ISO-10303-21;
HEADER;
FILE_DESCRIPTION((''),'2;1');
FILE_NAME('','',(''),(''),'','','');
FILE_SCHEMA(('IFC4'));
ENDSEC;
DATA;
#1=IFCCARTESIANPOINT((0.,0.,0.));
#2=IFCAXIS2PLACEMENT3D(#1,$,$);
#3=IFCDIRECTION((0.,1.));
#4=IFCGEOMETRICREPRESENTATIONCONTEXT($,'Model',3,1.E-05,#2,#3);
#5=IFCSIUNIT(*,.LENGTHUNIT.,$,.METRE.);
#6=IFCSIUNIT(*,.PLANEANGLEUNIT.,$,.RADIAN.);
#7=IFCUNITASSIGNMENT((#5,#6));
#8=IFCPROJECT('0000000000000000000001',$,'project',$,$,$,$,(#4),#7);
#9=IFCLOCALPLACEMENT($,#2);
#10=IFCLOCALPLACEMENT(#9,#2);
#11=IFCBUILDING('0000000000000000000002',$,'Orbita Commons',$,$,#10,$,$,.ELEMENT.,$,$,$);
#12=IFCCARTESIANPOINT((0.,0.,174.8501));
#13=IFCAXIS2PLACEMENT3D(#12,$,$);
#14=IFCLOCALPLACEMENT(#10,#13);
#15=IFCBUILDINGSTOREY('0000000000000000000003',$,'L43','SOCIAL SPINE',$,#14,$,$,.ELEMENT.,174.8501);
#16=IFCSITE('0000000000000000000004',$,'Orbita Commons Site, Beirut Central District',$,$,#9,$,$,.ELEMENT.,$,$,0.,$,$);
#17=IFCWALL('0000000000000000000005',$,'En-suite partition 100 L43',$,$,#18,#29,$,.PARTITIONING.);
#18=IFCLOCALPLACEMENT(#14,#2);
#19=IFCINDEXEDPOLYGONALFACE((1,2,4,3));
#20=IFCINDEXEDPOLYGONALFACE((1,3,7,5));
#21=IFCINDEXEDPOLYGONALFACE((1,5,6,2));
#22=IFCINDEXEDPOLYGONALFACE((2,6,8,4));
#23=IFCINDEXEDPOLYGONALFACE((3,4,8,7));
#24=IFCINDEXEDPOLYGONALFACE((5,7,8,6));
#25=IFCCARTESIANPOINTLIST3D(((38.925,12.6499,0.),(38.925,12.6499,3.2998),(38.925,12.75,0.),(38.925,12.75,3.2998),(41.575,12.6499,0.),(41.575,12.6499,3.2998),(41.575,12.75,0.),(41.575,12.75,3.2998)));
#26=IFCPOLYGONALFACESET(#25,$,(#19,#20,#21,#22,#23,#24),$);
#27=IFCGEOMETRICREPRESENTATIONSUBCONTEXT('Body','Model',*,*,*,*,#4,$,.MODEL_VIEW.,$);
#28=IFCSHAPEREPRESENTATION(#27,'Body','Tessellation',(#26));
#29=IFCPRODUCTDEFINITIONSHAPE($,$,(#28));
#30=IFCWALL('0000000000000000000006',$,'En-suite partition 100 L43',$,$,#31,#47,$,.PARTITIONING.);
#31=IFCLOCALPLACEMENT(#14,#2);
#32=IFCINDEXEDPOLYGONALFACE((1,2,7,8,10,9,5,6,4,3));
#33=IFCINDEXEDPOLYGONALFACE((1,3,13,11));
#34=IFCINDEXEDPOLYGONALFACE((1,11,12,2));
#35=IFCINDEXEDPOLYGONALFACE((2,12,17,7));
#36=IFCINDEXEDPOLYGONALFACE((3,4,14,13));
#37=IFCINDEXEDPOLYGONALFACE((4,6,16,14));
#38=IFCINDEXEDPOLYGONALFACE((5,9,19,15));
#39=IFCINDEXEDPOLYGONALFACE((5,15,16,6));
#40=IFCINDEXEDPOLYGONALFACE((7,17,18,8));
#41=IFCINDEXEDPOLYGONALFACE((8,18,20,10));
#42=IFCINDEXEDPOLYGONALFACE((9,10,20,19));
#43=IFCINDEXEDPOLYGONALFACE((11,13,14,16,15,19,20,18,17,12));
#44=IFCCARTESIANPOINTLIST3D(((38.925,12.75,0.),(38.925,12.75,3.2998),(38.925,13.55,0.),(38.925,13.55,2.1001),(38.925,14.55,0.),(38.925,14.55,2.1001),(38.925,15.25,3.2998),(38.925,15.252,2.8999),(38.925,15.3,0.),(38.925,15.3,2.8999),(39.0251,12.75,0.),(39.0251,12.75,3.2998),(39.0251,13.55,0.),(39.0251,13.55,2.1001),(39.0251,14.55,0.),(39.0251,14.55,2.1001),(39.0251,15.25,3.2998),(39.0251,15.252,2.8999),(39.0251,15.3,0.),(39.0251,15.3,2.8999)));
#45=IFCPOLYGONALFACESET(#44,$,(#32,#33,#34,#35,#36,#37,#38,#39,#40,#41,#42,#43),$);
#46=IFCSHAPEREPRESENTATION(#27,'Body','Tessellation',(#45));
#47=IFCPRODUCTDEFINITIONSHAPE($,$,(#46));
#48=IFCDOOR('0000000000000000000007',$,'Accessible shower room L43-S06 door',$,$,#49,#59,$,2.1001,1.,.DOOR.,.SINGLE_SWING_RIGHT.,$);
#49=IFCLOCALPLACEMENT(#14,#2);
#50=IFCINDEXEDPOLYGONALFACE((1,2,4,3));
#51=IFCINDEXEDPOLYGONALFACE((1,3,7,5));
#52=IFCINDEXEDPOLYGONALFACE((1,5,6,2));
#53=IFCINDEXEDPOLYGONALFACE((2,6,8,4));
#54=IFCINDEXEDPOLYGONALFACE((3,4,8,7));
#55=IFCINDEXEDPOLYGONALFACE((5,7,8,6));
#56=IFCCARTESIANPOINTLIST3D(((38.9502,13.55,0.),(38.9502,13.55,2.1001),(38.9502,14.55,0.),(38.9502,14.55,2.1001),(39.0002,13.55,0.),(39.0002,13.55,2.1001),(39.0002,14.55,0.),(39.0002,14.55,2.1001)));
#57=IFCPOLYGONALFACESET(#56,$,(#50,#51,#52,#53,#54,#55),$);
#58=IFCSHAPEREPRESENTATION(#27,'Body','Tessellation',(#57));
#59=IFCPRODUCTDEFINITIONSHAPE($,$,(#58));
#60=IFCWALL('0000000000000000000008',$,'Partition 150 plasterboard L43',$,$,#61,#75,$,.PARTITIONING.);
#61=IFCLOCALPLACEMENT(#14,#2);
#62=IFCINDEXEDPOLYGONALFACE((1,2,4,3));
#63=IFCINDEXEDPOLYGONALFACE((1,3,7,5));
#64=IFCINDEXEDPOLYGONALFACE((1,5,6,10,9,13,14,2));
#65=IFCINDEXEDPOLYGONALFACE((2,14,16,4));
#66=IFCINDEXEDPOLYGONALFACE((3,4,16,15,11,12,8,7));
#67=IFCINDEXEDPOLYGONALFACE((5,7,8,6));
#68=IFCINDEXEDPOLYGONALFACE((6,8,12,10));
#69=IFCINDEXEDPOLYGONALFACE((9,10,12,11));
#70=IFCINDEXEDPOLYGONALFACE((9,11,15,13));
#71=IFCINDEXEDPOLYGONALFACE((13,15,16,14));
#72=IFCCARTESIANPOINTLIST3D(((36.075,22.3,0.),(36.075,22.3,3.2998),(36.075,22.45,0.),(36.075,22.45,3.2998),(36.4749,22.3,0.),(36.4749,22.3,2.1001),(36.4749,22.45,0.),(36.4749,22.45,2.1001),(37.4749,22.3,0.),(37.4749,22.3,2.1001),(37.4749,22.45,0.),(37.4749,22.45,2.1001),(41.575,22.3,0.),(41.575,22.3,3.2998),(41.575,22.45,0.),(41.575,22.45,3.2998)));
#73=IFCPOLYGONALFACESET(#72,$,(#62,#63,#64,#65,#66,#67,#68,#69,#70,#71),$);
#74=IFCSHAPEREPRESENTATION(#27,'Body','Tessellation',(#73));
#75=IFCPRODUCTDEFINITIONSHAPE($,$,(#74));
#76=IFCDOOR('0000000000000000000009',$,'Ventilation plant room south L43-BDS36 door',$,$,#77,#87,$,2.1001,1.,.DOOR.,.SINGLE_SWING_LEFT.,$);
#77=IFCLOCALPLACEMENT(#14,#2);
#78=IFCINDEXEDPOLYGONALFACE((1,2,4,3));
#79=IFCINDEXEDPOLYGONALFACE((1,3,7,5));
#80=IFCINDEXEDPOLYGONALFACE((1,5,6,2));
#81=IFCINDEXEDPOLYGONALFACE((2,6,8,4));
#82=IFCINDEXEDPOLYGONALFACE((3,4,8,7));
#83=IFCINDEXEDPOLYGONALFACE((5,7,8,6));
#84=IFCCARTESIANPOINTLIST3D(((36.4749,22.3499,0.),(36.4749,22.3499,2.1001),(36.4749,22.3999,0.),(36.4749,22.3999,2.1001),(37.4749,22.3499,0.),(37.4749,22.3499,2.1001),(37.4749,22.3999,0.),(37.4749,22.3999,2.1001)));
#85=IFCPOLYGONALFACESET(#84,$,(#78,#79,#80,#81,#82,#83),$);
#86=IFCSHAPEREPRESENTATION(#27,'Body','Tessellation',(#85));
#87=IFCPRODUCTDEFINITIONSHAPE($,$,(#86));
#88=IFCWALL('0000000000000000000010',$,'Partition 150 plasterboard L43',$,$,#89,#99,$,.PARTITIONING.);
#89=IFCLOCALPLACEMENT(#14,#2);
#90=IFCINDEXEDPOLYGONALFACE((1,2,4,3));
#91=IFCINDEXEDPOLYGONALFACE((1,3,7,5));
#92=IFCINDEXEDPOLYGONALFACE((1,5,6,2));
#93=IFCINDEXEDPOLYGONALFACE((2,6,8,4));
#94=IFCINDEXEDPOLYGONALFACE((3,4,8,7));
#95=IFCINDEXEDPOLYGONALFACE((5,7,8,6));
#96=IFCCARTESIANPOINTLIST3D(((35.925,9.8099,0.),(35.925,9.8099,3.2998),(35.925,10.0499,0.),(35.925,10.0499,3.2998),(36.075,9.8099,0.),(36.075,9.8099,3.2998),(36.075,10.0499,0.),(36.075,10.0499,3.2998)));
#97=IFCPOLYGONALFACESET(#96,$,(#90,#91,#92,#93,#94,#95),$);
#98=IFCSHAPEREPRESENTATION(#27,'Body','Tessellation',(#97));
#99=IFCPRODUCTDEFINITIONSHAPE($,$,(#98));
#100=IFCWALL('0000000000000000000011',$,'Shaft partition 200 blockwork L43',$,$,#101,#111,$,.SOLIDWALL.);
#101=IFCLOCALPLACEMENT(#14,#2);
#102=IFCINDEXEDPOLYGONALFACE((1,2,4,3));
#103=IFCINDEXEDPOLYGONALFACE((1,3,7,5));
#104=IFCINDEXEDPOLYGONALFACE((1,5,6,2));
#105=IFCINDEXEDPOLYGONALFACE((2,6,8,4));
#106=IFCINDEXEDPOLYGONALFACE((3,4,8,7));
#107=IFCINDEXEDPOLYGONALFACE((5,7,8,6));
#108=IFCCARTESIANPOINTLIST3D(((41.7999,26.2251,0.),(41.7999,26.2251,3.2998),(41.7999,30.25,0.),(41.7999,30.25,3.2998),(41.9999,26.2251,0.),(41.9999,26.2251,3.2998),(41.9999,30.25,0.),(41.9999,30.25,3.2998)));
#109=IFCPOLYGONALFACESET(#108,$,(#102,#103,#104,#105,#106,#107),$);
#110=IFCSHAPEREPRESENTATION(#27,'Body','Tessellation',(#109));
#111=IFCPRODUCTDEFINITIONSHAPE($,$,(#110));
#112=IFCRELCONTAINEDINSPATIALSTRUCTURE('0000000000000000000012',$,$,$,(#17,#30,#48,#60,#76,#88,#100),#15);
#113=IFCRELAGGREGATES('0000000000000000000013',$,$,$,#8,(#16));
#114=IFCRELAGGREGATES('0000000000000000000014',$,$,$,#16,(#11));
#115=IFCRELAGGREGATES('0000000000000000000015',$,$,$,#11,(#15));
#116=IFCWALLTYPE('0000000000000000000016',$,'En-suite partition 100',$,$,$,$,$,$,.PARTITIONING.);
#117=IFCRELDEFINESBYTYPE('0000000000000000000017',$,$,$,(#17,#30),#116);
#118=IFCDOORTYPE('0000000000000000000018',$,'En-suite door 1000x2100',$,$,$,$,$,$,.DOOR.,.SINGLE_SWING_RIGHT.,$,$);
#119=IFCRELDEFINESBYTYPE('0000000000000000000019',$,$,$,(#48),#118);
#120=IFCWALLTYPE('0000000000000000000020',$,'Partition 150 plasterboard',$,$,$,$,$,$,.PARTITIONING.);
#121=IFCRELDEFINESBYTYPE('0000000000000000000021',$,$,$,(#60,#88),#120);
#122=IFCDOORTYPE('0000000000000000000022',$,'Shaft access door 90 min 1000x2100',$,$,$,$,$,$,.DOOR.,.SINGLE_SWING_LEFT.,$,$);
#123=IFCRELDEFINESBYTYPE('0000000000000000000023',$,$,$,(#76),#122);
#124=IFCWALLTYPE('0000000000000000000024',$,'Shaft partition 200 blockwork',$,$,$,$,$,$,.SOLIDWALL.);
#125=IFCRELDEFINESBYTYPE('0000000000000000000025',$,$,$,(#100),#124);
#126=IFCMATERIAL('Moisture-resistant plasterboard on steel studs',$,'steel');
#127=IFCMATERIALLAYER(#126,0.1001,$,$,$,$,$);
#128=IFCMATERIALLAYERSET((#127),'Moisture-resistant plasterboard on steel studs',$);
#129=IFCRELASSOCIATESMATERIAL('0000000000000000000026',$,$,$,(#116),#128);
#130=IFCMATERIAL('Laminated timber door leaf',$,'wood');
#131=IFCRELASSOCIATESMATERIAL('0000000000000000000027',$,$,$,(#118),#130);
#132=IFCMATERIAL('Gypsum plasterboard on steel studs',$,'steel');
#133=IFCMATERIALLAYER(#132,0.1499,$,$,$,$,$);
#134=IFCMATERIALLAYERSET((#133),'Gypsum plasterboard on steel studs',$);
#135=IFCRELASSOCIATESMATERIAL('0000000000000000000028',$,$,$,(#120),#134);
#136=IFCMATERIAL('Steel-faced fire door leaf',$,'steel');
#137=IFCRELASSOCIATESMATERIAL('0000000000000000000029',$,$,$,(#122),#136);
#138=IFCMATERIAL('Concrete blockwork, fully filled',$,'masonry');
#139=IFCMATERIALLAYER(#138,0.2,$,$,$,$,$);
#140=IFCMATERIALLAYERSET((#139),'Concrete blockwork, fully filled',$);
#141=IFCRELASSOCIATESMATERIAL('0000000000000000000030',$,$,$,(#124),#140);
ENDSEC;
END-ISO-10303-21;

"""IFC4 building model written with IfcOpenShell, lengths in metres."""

from ifc_helpers import new_model, si_unit, direction, frame, frame_2d, origin, place, context, subcontext, project, spatial, polyline, rectangle, outline, extrude, material, layer, layer_set, type_object, element, fill, save


model = new_model("IFC4")

# Units and contexts
model_context = context("Model", 3, precision=1e-05, world=origin(), true_north=direction((0.0, 1.0)))
body_context = subcontext(model_context, "Body", "Model", "MODEL_VIEW")
ifc_project = project(units=[si_unit("LENGTHUNIT", "METRE"), si_unit("PLANEANGLEUNIT", "RADIAN")], contexts=[model_context])

# Site, building, storey
site_placement = place(None, origin())
site = spatial("IfcSite", under=ifc_project, at=site_placement, Name="Orbita Commons Site, Beirut Central District", CompositionType="ELEMENT", RefElevation=0.0)
building_placement = place(site_placement, origin())
building = spatial("IfcBuilding", under=site, at=building_placement, Name="Orbita Commons", CompositionType="ELEMENT")
storey_placement = place(building_placement, frame((0.0, 0.0, 174.8501)))
storey = spatial("IfcBuildingStorey", under=building, at=storey_placement, Name="L43", Description="SOCIAL SPINE", CompositionType="ELEMENT", Elevation=174.8501)

# Shared definitions
ifc_material_1 = material(Name="Moisture-resistant plasterboard on steel studs", Category="steel")
ifc_layer_1 = layer(ifc_material_1, 0.1001)
ifc_layer_set_1 = layer_set([ifc_layer_1], Name="Moisture-resistant plasterboard on steel studs")
wall_type_1 = type_object("IfcWallType", Name="En-suite partition 100", PredefinedType="PARTITIONING", material=ifc_layer_set_1)

# Wall
wall_1_placement = place(storey_placement, frame((38.925, 12.7, 0.0), z_axis=(0.0, 0.0, 1.0), x_axis=(1.0, 0.0, 0.0)))
element("IfcWall", 1, at=wall_1_placement, inside=storey, type_object=wall_type_1, Name="En-suite partition 100 L43", PredefinedType="PARTITIONING", context=body_context, shape_type="SweptSolid", body=[
    extrude(rectangle(XDim=2.6499, YDim=0.1001, at=frame_2d((1.325, 0.0))), origin(), (0.0, 0.0, 1.0), 3.2998),
])

# Walls, openings, doors
wall_2_placement = place(storey_placement, frame((38.9751, 12.75, 0.0), z_axis=(0.0, 0.0, 1.0), x_axis=(0.0, 1.0, 0.0)))
wall_2 = element("IfcWall", 2, at=wall_2_placement, inside=storey, type_object=wall_type_1, Name="En-suite partition 100 L43", PredefinedType="PARTITIONING", context=body_context, shape_type="SweptSolid", body=[
    extrude(outline(polyline([(0.0, 0.0), (2.55, 0.0), (2.55, 2.8999), (2.502, 2.8999), (2.5, 3.2998), (0.0, 3.2998), (0.0, 0.0)])), frame((0.0, 0.05, 0.0), z_axis=(0.0, -1.0, 0.0), x_axis=(1.0, 0.0, 0.0)), (0.0, 0.0, 1.0), 0.1001),
])
opening_1_placement = place(wall_2_placement, frame((0.8, 0.0, 0.0)))
opening_1 = element("IfcOpeningElement", 3, at=opening_1_placement, cuts=wall_2, PredefinedType="OPENING", context=body_context, shape_type="SweptSolid", body=[
    extrude(rectangle(XDim=1.0, YDim=2.1001, at=frame_2d((0.5, 1.05))), frame((0.0, 0.0601, 0.0), z_axis=(0.0, -1.0, 0.0), x_axis=(1.0, 0.0, 0.0)), (0.0, 0.0, 1.0), 0.1201),
])
ifc_material_2 = material(Name="Laminated timber door leaf", Category="wood")
door_type_1 = type_object("IfcDoorType", Name="En-suite door 1000x2100", OperationType="SINGLE_SWING_RIGHT", PredefinedType="DOOR", material=ifc_material_2)
door_1_placement = place(opening_1_placement, origin())
door_1 = element("IfcDoor", 4, at=door_1_placement, inside=storey, type_object=door_type_1, Name="Accessible shower room L43-S06 door", OperationType="SINGLE_SWING_RIGHT", OverallHeight=2.1001, OverallWidth=1.0, PredefinedType="DOOR", context=body_context, shape_type="SweptSolid", body=[
    extrude(rectangle(XDim=1.0, YDim=2.1001, at=frame_2d((0.5, 1.05))), frame((0.0, 0.0249, 0.0), z_axis=(0.0, -1.0, 0.0), x_axis=(1.0, 0.0, 0.0)), (0.0, 0.0, 1.0), 0.05),
])
fill(opening_1, door_1)
ifc_material_3 = material(Name="Gypsum plasterboard on steel studs", Category="steel")
ifc_layer_2 = layer(ifc_material_3, 0.1499)
ifc_layer_set_2 = layer_set([ifc_layer_2], Name="Gypsum plasterboard on steel studs")
wall_type_2 = type_object("IfcWallType", Name="Partition 150 plasterboard", PredefinedType="PARTITIONING", material=ifc_layer_set_2)
wall_3_placement = place(storey_placement, frame((36.075, 22.375, 0.0), z_axis=(0.0, 0.0, 1.0), x_axis=(1.0, 0.0, 0.0)))
wall_3 = element("IfcWall", 5, at=wall_3_placement, inside=storey, type_object=wall_type_2, Name="Partition 150 plasterboard L43", PredefinedType="PARTITIONING", context=body_context, shape_type="SweptSolid", body=[
    extrude(rectangle(XDim=5.5, YDim=0.1499, at=frame_2d((2.75, 0.0))), origin(), (0.0, 0.0, 1.0), 3.2998),
])
opening_2_placement = place(wall_3_placement, frame((0.3999, 0.0, 0.0)))
opening_2 = element("IfcOpeningElement", 6, at=opening_2_placement, cuts=wall_3, PredefinedType="OPENING", context=body_context, shape_type="SweptSolid", body=[
    extrude(rectangle(XDim=1.0, YDim=2.1001, at=frame_2d((0.5, 1.05))), frame((0.0, 0.085, 0.0), z_axis=(0.0, -1.0, 0.0), x_axis=(1.0, 0.0, 0.0)), (0.0, 0.0, 1.0), 0.1699),
])
ifc_material_4 = material(Name="Steel-faced fire door leaf", Category="steel")
door_type_2 = type_object("IfcDoorType", Name="Shaft access door 90 min 1000x2100", OperationType="SINGLE_SWING_LEFT", PredefinedType="DOOR", material=ifc_material_4)
door_2_placement = place(opening_2_placement, origin())
door_2 = element("IfcDoor", 7, at=door_2_placement, inside=storey, type_object=door_type_2, Name="Ventilation plant room south L43-BDS36 door", OperationType="SINGLE_SWING_LEFT", OverallHeight=2.1001, OverallWidth=1.0, PredefinedType="DOOR", context=body_context, shape_type="SweptSolid", body=[
    extrude(rectangle(XDim=1.0, YDim=2.1001, at=frame_2d((0.5, 1.05))), frame((0.0, 0.0249, 0.0), z_axis=(0.0, -1.0, 0.0), x_axis=(1.0, 0.0, 0.0)), (0.0, 0.0, 1.0), 0.05),
])
fill(opening_2, door_2)

# Walls
wall_4_placement = place(storey_placement, frame((36.0, 10.05, 0.0), z_axis=(0.0, 0.0, 1.0), x_axis=(0.0, -1.0, 0.0)))
element("IfcWall", 8, at=wall_4_placement, inside=storey, type_object=wall_type_2, Name="Partition 150 plasterboard L43", PredefinedType="PARTITIONING", context=body_context, shape_type="SweptSolid", body=[
    extrude(rectangle(XDim=0.24, YDim=0.1499, at=frame_2d((0.1201, 0.0))), origin(), (0.0, 0.0, 1.0), 3.2998),
])
ifc_material_5 = material(Name="Concrete blockwork, fully filled", Category="masonry")
ifc_layer_3 = layer(ifc_material_5, 0.2)
ifc_layer_set_3 = layer_set([ifc_layer_3], Name="Concrete blockwork, fully filled")
wall_type_3 = type_object("IfcWallType", Name="Shaft partition 200 blockwork", PredefinedType="SOLIDWALL", material=ifc_layer_set_3)
wall_5_placement = place(storey_placement, frame((41.8999, 26.2251, 0.0), z_axis=(0.0, 0.0, 1.0), x_axis=(0.0, 1.0, 0.0)))
element("IfcWall", 9, at=wall_5_placement, inside=storey, type_object=wall_type_3, Name="Shaft partition 200 blockwork L43", PredefinedType="SOLIDWALL", context=body_context, shape_type="SweptSolid", body=[
    extrude(rectangle(XDim=4.0249, YDim=0.2, at=frame_2d((2.0125, 0.0))), origin(), (0.0, 0.0, 1.0), 3.2998),
])

save(model, "model.ifc")
